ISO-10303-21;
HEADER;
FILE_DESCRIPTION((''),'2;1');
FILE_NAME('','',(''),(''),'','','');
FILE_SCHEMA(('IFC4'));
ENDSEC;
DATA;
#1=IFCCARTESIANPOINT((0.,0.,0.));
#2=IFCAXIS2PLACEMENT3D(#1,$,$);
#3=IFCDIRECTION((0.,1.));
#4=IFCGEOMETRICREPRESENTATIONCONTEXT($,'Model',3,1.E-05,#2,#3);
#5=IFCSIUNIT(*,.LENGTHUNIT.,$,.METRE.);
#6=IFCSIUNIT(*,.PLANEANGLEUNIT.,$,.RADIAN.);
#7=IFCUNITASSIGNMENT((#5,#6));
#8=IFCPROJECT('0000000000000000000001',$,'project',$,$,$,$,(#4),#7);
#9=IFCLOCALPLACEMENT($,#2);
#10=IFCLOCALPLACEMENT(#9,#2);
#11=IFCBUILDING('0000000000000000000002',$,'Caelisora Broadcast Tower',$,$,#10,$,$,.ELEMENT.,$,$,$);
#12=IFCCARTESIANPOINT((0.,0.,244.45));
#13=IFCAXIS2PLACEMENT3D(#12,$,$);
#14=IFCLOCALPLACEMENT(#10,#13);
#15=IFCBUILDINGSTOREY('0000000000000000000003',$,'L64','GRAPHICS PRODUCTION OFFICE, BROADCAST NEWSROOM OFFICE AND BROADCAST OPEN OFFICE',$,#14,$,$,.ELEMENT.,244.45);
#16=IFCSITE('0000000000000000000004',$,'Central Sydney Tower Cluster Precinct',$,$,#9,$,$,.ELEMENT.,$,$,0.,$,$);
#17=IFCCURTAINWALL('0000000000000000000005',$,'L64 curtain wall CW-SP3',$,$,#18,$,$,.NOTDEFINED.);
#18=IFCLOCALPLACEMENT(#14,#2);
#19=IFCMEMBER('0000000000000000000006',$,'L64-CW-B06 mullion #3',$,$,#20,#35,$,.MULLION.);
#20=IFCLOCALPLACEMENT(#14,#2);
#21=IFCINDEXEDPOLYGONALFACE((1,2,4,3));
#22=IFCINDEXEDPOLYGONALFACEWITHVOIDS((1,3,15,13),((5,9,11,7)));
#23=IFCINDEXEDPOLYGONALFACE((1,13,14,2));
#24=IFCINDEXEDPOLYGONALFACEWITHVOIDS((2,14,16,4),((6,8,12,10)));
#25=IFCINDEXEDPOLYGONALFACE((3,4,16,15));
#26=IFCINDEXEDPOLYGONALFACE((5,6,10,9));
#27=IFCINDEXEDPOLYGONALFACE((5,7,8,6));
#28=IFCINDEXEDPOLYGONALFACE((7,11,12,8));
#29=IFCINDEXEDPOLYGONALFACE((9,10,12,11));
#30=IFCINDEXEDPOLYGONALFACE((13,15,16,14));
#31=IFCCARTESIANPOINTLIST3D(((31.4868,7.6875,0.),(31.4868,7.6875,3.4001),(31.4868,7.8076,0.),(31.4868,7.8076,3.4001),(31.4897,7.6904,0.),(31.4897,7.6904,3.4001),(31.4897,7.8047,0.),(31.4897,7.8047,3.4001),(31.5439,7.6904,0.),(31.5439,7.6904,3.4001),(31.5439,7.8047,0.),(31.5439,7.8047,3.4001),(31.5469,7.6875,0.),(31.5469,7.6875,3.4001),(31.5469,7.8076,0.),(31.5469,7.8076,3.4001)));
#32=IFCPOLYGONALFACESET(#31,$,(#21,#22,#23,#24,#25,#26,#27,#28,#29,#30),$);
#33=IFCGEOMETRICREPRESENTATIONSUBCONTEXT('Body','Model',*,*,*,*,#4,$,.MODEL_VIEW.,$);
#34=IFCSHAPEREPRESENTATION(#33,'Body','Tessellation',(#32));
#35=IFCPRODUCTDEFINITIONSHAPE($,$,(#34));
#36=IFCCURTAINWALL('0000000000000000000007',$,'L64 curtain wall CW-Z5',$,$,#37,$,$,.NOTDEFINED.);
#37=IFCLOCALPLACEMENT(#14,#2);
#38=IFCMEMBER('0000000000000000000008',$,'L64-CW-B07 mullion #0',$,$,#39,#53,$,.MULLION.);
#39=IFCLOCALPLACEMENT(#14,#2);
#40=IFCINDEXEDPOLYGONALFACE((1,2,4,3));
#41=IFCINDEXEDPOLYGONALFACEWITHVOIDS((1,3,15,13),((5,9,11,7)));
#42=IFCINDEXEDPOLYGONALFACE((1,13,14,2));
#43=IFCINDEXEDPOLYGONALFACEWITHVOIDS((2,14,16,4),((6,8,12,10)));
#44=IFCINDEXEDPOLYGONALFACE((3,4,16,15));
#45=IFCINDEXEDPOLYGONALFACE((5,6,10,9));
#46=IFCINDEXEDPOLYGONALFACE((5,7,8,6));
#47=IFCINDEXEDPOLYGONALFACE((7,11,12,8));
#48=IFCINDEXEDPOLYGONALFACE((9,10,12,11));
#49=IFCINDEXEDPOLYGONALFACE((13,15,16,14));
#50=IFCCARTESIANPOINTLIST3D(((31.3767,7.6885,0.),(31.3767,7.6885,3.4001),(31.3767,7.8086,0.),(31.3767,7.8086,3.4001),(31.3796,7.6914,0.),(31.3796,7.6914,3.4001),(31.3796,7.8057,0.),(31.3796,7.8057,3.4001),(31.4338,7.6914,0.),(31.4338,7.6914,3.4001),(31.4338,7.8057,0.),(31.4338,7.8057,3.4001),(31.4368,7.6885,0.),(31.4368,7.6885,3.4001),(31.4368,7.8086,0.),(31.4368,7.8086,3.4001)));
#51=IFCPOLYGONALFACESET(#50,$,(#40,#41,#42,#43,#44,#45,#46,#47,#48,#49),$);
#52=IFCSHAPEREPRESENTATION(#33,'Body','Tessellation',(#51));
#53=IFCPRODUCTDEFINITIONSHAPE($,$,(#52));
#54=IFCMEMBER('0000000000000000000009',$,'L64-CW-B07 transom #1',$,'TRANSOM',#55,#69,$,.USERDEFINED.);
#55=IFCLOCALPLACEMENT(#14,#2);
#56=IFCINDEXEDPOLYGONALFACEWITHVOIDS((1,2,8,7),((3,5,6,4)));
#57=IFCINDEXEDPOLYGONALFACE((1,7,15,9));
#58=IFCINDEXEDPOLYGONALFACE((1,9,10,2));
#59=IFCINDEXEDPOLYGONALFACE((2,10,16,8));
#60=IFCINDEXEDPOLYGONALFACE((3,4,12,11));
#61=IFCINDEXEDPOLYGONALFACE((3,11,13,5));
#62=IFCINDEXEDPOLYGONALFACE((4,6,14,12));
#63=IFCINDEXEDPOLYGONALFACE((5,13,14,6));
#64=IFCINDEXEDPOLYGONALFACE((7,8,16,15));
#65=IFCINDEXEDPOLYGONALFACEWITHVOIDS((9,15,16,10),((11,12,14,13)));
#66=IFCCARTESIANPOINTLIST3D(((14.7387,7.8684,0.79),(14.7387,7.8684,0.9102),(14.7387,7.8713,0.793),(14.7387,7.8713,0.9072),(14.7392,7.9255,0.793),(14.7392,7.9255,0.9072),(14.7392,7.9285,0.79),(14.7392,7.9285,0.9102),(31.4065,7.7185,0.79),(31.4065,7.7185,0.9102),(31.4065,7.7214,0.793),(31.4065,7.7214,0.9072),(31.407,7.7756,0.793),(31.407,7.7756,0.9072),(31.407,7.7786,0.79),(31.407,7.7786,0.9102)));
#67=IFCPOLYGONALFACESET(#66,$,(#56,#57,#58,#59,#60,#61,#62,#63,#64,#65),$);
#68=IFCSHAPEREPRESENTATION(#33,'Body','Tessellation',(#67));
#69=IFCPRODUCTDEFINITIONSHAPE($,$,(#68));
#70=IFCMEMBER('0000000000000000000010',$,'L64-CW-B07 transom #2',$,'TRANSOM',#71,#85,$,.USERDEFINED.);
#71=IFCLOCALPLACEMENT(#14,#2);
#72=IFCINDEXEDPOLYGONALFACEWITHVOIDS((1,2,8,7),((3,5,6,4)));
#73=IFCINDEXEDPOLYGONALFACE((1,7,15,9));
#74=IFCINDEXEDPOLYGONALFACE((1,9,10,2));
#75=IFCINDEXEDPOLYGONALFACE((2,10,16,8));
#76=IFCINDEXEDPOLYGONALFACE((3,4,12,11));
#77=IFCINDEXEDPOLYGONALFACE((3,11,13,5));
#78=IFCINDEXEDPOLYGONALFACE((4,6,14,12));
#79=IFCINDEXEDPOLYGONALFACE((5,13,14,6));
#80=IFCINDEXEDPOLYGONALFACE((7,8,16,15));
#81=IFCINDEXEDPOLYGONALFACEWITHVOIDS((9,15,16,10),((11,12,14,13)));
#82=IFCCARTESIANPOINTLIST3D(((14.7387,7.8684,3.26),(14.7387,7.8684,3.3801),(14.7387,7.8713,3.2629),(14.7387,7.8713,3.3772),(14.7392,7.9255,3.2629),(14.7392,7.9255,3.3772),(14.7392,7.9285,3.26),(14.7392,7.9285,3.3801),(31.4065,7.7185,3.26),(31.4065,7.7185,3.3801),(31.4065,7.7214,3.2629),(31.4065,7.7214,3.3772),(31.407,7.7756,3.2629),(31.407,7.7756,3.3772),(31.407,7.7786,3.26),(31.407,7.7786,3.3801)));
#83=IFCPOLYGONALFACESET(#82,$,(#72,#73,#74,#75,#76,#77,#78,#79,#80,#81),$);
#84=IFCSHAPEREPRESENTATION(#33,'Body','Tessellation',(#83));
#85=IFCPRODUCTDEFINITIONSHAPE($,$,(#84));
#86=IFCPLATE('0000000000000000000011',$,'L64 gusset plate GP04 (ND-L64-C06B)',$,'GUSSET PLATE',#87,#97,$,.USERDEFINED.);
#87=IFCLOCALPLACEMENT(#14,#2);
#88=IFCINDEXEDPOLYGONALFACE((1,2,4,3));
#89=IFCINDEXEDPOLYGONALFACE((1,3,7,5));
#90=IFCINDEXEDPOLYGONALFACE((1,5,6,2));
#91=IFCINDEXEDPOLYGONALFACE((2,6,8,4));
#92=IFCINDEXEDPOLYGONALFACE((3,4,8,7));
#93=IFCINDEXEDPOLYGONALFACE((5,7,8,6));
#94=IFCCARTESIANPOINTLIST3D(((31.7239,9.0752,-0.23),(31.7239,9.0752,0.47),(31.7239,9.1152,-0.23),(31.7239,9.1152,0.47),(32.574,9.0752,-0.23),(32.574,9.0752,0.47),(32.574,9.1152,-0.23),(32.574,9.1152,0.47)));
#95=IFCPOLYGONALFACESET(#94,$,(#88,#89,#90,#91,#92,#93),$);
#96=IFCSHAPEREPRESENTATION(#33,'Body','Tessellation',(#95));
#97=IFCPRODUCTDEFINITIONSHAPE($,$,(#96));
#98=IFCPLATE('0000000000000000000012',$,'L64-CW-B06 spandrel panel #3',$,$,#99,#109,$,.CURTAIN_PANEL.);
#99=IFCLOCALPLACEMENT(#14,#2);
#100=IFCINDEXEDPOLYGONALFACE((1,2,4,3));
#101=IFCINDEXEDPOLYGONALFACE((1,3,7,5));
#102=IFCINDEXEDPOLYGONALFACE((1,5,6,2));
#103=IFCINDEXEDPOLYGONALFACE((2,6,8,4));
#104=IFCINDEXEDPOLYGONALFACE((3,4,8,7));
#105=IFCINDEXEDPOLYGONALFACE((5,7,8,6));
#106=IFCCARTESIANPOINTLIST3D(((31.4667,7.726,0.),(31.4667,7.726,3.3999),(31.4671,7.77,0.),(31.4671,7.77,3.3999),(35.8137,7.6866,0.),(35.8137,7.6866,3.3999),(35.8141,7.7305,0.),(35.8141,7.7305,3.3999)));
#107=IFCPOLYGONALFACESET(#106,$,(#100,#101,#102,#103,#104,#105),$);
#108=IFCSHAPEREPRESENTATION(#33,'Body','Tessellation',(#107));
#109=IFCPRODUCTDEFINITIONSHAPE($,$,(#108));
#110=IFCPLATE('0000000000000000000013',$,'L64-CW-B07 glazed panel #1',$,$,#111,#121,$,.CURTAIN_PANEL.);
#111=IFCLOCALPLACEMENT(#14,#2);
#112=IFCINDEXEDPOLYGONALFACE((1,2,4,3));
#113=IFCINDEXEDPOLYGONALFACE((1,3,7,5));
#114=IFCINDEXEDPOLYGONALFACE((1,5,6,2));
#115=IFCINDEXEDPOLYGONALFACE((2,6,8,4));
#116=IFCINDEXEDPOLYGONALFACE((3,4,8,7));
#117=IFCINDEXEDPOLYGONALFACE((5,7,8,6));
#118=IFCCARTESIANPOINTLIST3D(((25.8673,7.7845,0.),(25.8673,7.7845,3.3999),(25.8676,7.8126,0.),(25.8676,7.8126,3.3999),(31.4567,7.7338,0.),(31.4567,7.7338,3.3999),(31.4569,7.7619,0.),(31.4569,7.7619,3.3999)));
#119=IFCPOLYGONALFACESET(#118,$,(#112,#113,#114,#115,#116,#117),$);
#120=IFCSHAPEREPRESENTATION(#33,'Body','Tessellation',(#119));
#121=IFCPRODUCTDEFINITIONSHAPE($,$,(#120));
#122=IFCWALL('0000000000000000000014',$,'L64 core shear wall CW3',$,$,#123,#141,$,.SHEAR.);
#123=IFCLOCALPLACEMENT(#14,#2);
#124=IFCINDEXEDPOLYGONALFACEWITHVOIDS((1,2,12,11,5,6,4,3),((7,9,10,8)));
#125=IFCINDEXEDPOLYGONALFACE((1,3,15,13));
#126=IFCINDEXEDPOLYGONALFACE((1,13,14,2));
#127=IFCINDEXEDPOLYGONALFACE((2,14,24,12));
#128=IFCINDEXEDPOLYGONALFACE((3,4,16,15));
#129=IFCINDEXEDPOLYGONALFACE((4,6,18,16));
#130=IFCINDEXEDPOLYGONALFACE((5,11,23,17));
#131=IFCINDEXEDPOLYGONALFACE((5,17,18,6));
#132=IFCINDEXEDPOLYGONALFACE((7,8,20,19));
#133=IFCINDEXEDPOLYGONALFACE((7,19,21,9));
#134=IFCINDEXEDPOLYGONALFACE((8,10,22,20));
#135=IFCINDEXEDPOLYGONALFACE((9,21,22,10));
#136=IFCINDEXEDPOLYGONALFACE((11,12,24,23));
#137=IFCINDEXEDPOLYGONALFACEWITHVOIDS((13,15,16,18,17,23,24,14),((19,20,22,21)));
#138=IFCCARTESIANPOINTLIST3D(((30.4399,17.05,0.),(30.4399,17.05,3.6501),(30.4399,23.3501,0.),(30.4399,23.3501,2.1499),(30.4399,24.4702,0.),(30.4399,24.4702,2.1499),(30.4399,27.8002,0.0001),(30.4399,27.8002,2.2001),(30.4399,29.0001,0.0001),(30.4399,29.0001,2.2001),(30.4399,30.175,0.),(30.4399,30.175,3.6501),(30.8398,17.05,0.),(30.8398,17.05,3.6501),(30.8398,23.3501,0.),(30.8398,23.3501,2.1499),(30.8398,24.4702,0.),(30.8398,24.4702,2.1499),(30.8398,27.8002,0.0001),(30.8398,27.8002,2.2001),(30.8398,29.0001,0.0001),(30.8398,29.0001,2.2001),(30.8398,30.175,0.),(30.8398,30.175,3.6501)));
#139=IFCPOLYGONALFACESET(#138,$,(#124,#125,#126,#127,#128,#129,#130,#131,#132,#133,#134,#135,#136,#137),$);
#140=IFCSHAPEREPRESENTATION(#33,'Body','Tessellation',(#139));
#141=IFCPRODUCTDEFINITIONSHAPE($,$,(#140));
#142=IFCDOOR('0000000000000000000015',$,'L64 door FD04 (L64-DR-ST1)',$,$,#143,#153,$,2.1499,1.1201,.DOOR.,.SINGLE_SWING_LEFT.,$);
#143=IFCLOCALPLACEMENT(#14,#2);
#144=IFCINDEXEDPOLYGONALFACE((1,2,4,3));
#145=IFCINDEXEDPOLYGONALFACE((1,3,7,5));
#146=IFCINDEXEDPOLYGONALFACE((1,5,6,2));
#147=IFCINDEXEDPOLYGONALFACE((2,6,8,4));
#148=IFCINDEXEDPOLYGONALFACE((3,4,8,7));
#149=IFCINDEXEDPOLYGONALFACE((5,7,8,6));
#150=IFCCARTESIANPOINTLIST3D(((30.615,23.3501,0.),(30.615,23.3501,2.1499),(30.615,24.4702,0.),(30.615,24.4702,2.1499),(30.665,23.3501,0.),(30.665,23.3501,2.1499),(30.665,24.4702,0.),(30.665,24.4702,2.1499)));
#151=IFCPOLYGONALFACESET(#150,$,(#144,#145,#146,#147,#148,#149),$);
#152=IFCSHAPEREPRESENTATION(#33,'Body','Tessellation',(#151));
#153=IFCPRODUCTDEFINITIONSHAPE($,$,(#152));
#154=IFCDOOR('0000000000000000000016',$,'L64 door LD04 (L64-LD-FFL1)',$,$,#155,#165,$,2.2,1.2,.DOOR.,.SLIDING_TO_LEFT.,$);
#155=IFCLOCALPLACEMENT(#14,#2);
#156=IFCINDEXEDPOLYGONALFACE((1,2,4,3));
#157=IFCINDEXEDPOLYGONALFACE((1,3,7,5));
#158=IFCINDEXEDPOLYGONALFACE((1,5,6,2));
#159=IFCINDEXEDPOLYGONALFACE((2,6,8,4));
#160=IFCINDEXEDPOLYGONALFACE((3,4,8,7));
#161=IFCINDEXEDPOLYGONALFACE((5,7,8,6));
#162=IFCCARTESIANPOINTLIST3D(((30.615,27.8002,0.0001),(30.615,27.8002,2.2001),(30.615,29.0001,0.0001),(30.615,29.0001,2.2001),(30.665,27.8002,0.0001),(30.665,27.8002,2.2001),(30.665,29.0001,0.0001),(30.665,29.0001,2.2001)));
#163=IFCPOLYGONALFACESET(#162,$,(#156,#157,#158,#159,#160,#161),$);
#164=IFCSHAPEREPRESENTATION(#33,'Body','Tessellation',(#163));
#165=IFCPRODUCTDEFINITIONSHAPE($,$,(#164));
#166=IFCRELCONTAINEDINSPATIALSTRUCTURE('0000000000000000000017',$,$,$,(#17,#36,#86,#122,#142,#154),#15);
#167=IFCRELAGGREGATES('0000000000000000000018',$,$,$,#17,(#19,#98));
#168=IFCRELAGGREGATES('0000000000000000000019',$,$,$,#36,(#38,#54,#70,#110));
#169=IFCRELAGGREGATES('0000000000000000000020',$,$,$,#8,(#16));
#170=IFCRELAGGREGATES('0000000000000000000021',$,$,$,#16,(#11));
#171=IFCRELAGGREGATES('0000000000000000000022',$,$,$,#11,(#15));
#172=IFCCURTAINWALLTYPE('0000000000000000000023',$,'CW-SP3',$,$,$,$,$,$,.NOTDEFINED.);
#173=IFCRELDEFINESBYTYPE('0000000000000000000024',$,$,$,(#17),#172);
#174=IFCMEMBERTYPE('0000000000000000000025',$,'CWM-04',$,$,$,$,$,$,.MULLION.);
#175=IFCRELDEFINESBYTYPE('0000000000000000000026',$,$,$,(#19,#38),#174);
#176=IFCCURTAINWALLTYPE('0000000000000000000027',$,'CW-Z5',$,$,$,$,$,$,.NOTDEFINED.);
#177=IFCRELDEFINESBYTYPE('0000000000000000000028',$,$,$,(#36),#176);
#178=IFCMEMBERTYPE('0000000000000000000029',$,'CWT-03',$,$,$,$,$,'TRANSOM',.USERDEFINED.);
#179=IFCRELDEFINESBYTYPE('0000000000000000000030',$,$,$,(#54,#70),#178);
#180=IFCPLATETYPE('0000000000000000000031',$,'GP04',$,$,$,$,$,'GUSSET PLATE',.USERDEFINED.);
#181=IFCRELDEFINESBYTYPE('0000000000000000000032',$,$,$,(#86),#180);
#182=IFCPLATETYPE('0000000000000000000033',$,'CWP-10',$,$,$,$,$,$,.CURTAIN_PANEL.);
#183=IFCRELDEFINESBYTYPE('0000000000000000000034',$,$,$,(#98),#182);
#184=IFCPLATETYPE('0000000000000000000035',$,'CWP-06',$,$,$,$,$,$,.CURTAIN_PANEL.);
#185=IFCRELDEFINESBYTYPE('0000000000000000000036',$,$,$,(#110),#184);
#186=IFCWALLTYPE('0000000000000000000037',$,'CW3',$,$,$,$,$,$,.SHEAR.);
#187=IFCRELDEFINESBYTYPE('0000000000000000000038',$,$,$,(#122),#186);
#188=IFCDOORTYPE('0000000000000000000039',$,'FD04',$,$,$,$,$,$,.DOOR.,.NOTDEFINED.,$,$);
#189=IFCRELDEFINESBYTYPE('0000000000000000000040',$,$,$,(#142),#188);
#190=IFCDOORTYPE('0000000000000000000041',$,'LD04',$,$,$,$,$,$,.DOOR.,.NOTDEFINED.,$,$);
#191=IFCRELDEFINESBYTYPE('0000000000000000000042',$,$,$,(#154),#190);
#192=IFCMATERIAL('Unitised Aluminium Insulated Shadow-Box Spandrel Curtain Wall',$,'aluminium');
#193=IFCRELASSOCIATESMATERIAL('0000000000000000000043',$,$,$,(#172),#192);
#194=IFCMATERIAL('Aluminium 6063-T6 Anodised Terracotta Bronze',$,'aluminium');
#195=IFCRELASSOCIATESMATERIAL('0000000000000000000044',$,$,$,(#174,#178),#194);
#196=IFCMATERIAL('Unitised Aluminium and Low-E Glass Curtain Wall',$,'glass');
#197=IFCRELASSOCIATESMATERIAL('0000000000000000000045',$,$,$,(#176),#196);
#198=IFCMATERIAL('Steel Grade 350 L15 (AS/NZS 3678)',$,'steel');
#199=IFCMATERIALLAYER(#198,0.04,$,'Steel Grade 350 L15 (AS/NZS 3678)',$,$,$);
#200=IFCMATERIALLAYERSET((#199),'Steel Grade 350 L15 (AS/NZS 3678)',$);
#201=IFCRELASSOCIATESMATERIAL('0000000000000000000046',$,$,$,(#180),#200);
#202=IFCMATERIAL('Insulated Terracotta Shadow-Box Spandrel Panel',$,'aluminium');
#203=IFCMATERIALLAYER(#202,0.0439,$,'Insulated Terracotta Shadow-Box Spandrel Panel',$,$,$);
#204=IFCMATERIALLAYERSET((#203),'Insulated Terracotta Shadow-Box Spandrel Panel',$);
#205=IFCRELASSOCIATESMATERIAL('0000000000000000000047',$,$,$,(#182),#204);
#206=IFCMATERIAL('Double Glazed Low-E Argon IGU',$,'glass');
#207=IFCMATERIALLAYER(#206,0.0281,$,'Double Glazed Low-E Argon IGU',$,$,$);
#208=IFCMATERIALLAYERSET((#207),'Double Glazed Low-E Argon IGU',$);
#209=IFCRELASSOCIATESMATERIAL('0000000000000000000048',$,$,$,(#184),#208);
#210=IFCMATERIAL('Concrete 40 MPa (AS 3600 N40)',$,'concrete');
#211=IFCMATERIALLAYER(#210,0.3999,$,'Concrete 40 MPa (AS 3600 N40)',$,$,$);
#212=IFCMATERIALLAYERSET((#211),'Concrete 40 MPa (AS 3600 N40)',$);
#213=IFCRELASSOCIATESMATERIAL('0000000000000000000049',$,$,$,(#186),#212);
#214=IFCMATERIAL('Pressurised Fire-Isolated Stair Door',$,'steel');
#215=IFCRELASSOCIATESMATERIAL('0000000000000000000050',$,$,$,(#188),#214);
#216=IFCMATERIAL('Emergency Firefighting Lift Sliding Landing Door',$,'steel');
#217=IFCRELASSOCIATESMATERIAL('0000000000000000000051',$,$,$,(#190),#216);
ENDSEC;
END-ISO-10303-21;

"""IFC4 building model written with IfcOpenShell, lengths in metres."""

from ifc_helpers import new_model, si_unit, direction, frame, frame_2d, origin, origin_2d, place, context, subcontext, project, spatial, rectangle, hollow_rectangle, extrude, source, transform, mapped, material, layer, layer_set, material_profile, profile_set, type_object, type_shapes, element, fill, aggregate, save


model = new_model("IFC4")

# Units and contexts
model_context = context("Model", 3, precision=1e-05, world=origin(), true_north=direction((0.0, 1.0)))
body_context = subcontext(model_context, "Body", "Model", "MODEL_VIEW")
ifc_project = project(units=[si_unit("LENGTHUNIT", "METRE"), si_unit("PLANEANGLEUNIT", "RADIAN")], contexts=[model_context])

# Site, building, storey
site_placement = place(None, origin())
site = spatial("IfcSite", under=ifc_project, at=site_placement, Name="Central Sydney Tower Cluster Precinct", CompositionType="ELEMENT", RefElevation=0.0)
building_placement = place(site_placement, origin())
building = spatial("IfcBuilding", under=site, at=building_placement, Name="Caelisora Broadcast Tower", CompositionType="ELEMENT")
storey_placement = place(building_placement, frame((0.0, 0.0, 244.45)))
storey = spatial("IfcBuildingStorey", under=building, at=storey_placement, Name="L64", Description="GRAPHICS PRODUCTION OFFICE, BROADCAST NEWSROOM OFFICE AND BROADCAST OPEN OFFICE", CompositionType="ELEMENT", Elevation=244.45)

# Shared definitions
ifc_material_1 = material(Name="Steel Grade 350 L15 (AS/NZS 3678)", Category="steel")

# Curtain wall, member
ifc_material_2 = material(Name="Unitised Aluminium Insulated Shadow-Box Spandrel Curtain Wall", Category="aluminium")
curtain_wall_type_1 = type_object("IfcCurtainWallType", Name="CW-SP3", PredefinedType="NOTDEFINED", material=ifc_material_2)
curtain_wall_1_placement = place(storey_placement, origin())
curtain_wall_1 = element("IfcCurtainWall", 1, at=curtain_wall_1_placement, inside=storey, type_object=curtain_wall_type_1, Name="L64 curtain wall CW-SP3", PredefinedType="NOTDEFINED")
ifc_material_3 = material(Name="Aluminium 6063-T6 Anodised Terracotta Bronze", Category="aluminium")
ifc_material_profile_1 = material_profile(ifc_material_3, hollow_rectangle(XDim=0.0601, YDim=0.1201, WallThickness=0.0029, at=origin_2d()), Name="Aluminium 6063-T6 Anodised Terracotta Bronze")
ifc_profile_set_1 = profile_set([ifc_material_profile_1], Name="Aluminium 6063-T6 Anodised Terracotta Bronze")
member_type_1 = type_object("IfcMemberType", Name="CWM-04", PredefinedType="MULLION", material=ifc_profile_set_1)
shared_shape_1 = source(origin(), body_context, "Body", "SweptSolid", [
    extrude(hollow_rectangle(XDim=0.0601, YDim=0.1201, WallThickness=0.0029, at=origin_2d()), origin(), (0.0, 0.0, 1.0), 3.4001),
])
type_shapes(member_type_1, [shared_shape_1])
member_1_placement = place(storey_placement, frame((31.5168, 7.7476, 0.0), z_axis=(0.0, 0.0, 1.0), x_axis=(1.0, 0.0, 0.0)))
member_1 = element("IfcMember", 2, at=member_1_placement, type_object=member_type_1, Name="L64-CW-B06 mullion #3", PredefinedType="MULLION", context=body_context, shape_type="MappedRepresentation", body=[
    mapped(shared_shape_1, transform((0.0, 0.0, 0.0), scale=1.0)),
])

# Curtain wall, members
ifc_material_4 = material(Name="Unitised Aluminium and Low-E Glass Curtain Wall", Category="glass")
curtain_wall_type_2 = type_object("IfcCurtainWallType", Name="CW-Z5", PredefinedType="NOTDEFINED", material=ifc_material_4)
curtain_wall_2_placement = place(storey_placement, origin())
curtain_wall_2 = element("IfcCurtainWall", 3, at=curtain_wall_2_placement, inside=storey, type_object=curtain_wall_type_2, Name="L64 curtain wall CW-Z5", PredefinedType="NOTDEFINED")
member_2_placement = place(storey_placement, frame((31.4067, 7.7485, 0.0), z_axis=(0.0, 0.0, 1.0), x_axis=(1.0, 0.0, 0.0)))
member_2 = element("IfcMember", 4, at=member_2_placement, type_object=member_type_1, Name="L64-CW-B07 mullion #0", PredefinedType="MULLION", context=body_context, shape_type="MappedRepresentation", body=[
    mapped(shared_shape_1, transform((0.0, 0.0, 0.0), scale=1.0)),
])
ifc_material_profile_2 = material_profile(ifc_material_3, hollow_rectangle(XDim=0.0601, YDim=0.1201, WallThickness=0.0029, at=origin_2d()), Name="Aluminium 6063-T6 Anodised Terracotta Bronze")
ifc_profile_set_2 = profile_set([ifc_material_profile_2], Name="Aluminium 6063-T6 Anodised Terracotta Bronze")
member_type_2 = type_object("IfcMemberType", Name="CWT-03", ElementType="TRANSOM", PredefinedType="USERDEFINED", material=ifc_profile_set_2)
shared_shape_2 = source(origin(), body_context, "Body", "SweptSolid", [
    extrude(hollow_rectangle(XDim=0.0601, YDim=0.1201, WallThickness=0.0029, at=origin_2d()), origin(), (0.0, 0.0, 1.0), 16.6685),
])
type_shapes(member_type_2, [shared_shape_2])
member_3_placement = place(storey_placement, frame((31.4067, 7.7485, 0.8501), z_axis=(-0.99996, 0.008993, 0.0), x_axis=(-0.008993, -0.99996, 0.0)))
member_3 = element("IfcMember", 5, at=member_3_placement, type_object=member_type_2, Name="L64-CW-B07 transom #1", ObjectType="TRANSOM", PredefinedType="USERDEFINED", context=body_context, shape_type="MappedRepresentation", body=[
    mapped(shared_shape_2, transform((0.0, 0.0, 0.0), scale=1.0)),
])
member_4_placement = place(storey_placement, frame((31.4067, 7.7485, 3.3201), z_axis=(-0.99996, 0.008993, 0.0), x_axis=(-0.008993, -0.99996, 0.0)))
member_4 = element("IfcMember", 6, at=member_4_placement, type_object=member_type_2, Name="L64-CW-B07 transom #2", ObjectType="TRANSOM", PredefinedType="USERDEFINED", context=body_context, shape_type="MappedRepresentation", body=[
    mapped(shared_shape_2, transform((0.0, 0.0, 0.0), scale=1.0)),
])

# Plates
ifc_layer_1 = layer(ifc_material_1, 0.04, Name="Steel Grade 350 L15 (AS/NZS 3678)")
ifc_layer_set_1 = layer_set([ifc_layer_1], Name="Steel Grade 350 L15 (AS/NZS 3678)")
plate_type_1 = type_object("IfcPlateType", Name="GP04", ElementType="GUSSET PLATE", PredefinedType="USERDEFINED", material=ifc_layer_set_1)
shared_shape_3 = source(origin(), body_context, "Body", "SweptSolid", [
    extrude(rectangle(XDim=0.8501, YDim=0.04, at=origin_2d()), origin(), (0.0, 0.0, 1.0), 0.7),
])
type_shapes(plate_type_1, [shared_shape_3])
plate_1_placement = place(storey_placement, frame((32.1489, 9.0952, -0.23), z_axis=(0.0, 0.0, 1.0), x_axis=(1.0, 0.0, 0.0)))
element("IfcPlate", 7, at=plate_1_placement, inside=storey, type_object=plate_type_1, Name="L64 gusset plate GP04 (ND-L64-C06B)", ObjectType="GUSSET PLATE", PredefinedType="USERDEFINED", context=body_context, shape_type="MappedRepresentation", body=[
    mapped(shared_shape_3, transform((0.0, 0.0, 0.0), scale=1.0)),
])
ifc_material_5 = material(Name="Insulated Terracotta Shadow-Box Spandrel Panel", Category="aluminium")
ifc_layer_2 = layer(ifc_material_5, 0.0439, Name="Insulated Terracotta Shadow-Box Spandrel Panel")
ifc_layer_set_2 = layer_set([ifc_layer_2], Name="Insulated Terracotta Shadow-Box Spandrel Panel")
plate_type_2 = type_object("IfcPlateType", Name="CWP-10", PredefinedType="CURTAIN_PANEL", material=ifc_layer_set_2)
shared_shape_4 = source(origin(), body_context, "Body", "SweptSolid", [
    extrude(rectangle(XDim=4.3472, YDim=0.0439, at=origin_2d()), origin(), (0.0, 0.0, 1.0), 3.3999),
])
type_shapes(plate_type_2, [shared_shape_4])
plate_2_placement = place(storey_placement, frame((33.6404, 7.7283, 0.0), z_axis=(0.0, 0.0, 1.0), x_axis=(-0.999959, 0.009076, 0.0)))
plate_2 = element("IfcPlate", 8, at=plate_2_placement, type_object=plate_type_2, Name="L64-CW-B06 spandrel panel #3", PredefinedType="CURTAIN_PANEL", context=body_context, shape_type="MappedRepresentation", body=[
    mapped(shared_shape_4, transform((0.0, 0.0, 0.0), scale=1.0)),
])
aggregate(curtain_wall_1, [member_1, plate_2])
ifc_material_6 = material(Name="Double Glazed Low-E Argon IGU", Category="glass")
ifc_layer_3 = layer(ifc_material_6, 0.0281, Name="Double Glazed Low-E Argon IGU")
ifc_layer_set_3 = layer_set([ifc_layer_3], Name="Double Glazed Low-E Argon IGU")
plate_type_3 = type_object("IfcPlateType", Name="CWP-06", PredefinedType="CURTAIN_PANEL", material=ifc_layer_set_3)
shared_shape_5 = source(origin(), body_context, "Body", "SweptSolid", [
    extrude(rectangle(XDim=5.5896, YDim=0.0281, at=origin_2d()), origin(), (0.0, 0.0, 1.0), 3.3999),
])
type_shapes(plate_type_3, [shared_shape_5])
plate_3_placement = place(storey_placement, frame((28.6621, 7.7732, 0.0), z_axis=(0.0, 0.0, 1.0), x_axis=(-0.999959, 0.009076, 0.0)))
plate_3 = element("IfcPlate", 9, at=plate_3_placement, type_object=plate_type_3, Name="L64-CW-B07 glazed panel #1", PredefinedType="CURTAIN_PANEL", context=body_context, shape_type="MappedRepresentation", body=[
    mapped(shared_shape_5, transform((0.0, 0.0, 0.0), scale=1.0)),
])
aggregate(curtain_wall_2, [member_2, member_3, member_4, plate_3])

# Wall, openings, doors
ifc_material_7 = material(Name="Concrete 40 MPa (AS 3600 N40)", Category="concrete")
ifc_layer_4 = layer(ifc_material_7, 0.3999, Name="Concrete 40 MPa (AS 3600 N40)")
ifc_layer_set_4 = layer_set([ifc_layer_4], Name="Concrete 40 MPa (AS 3600 N40)")
wall_type_1 = type_object("IfcWallType", Name="CW3", PredefinedType="SHEAR", material=ifc_layer_set_4)
wall_1_placement = place(storey_placement, frame((30.6399, 17.05, 0.0), z_axis=(0.0, 0.0, 1.0), x_axis=(0.0, 1.0, 0.0)))
wall_1 = element("IfcWall", 10, at=wall_1_placement, inside=storey, type_object=wall_type_1, Name="L64 core shear wall CW3", PredefinedType="SHEAR", context=body_context, shape_type="SweptSolid", body=[
    extrude(rectangle(XDim=13.125, YDim=0.3999, at=frame_2d((6.5625, 0.0))), origin(), (0.0, 0.0, 1.0), 3.6501),
])
opening_1_placement = place(wall_1_placement, frame((6.3, 0.0, 0.0)))
opening_1 = element("IfcOpeningElement", 11, at=opening_1_placement, cuts=wall_1, PredefinedType="OPENING", context=body_context, shape_type="SweptSolid", body=[
    extrude(rectangle(XDim=1.1201, YDim=2.1499, at=frame_2d((0.5601, 1.075))), frame((0.0, 0.2119, 0.0), z_axis=(0.0, -1.0, 0.0), x_axis=(1.0, 0.0, 0.0)), (0.0, 0.0, 1.0), 0.4238),
])
opening_2_placement = place(wall_1_placement, frame((10.75, 0.0, 0.0)))
opening_2 = element("IfcOpeningElement", 12, at=opening_2_placement, cuts=wall_1, PredefinedType="OPENING", context=body_context, shape_type="SweptSolid", body=[
    extrude(rectangle(XDim=1.2, YDim=2.2, at=frame_2d((0.6001, 1.1001))), frame((0.0, 0.2119, 0.0), z_axis=(0.0, -1.0, 0.0), x_axis=(1.0, 0.0, 0.0)), (0.0, 0.0, 1.0), 0.4238),
])
ifc_material_8 = material(Name="Pressurised Fire-Isolated Stair Door", Category="steel")
door_type_1 = type_object("IfcDoorType", Name="FD04", OperationType="NOTDEFINED", PredefinedType="DOOR", material=ifc_material_8)
door_1_placement = place(opening_1_placement, origin())
door_1 = element("IfcDoor", 13, at=door_1_placement, inside=storey, type_object=door_type_1, Name="L64 door FD04 (L64-DR-ST1)", OperationType="SINGLE_SWING_LEFT", OverallHeight=2.1499, OverallWidth=1.1201, PredefinedType="DOOR", context=body_context, shape_type="SweptSolid", body=[
    extrude(rectangle(XDim=1.1201, YDim=2.1499, at=frame_2d((0.5601, 1.075))), frame((0.0, 0.0249, 0.0), z_axis=(0.0, -1.0, 0.0), x_axis=(1.0, 0.0, 0.0)), (0.0, 0.0, 1.0), 0.05),
])
fill(opening_1, door_1)
ifc_material_9 = material(Name="Emergency Firefighting Lift Sliding Landing Door", Category="steel")
door_type_2 = type_object("IfcDoorType", Name="LD04", OperationType="NOTDEFINED", PredefinedType="DOOR", material=ifc_material_9)
door_2_placement = place(opening_2_placement, origin())
door_2 = element("IfcDoor", 14, at=door_2_placement, inside=storey, type_object=door_type_2, Name="L64 door LD04 (L64-LD-FFL1)", OperationType="SLIDING_TO_LEFT", OverallHeight=2.2, OverallWidth=1.2, PredefinedType="DOOR", context=body_context, shape_type="SweptSolid", body=[
    extrude(rectangle(XDim=1.2, YDim=2.2, at=frame_2d((0.6001, 1.1001))), frame((0.0, 0.0249, 0.0), z_axis=(0.0, -1.0, 0.0), x_axis=(1.0, 0.0, 0.0)), (0.0, 0.0, 1.0), 0.05),
])
fill(opening_2, door_2)

save(model, "model.ifc")
